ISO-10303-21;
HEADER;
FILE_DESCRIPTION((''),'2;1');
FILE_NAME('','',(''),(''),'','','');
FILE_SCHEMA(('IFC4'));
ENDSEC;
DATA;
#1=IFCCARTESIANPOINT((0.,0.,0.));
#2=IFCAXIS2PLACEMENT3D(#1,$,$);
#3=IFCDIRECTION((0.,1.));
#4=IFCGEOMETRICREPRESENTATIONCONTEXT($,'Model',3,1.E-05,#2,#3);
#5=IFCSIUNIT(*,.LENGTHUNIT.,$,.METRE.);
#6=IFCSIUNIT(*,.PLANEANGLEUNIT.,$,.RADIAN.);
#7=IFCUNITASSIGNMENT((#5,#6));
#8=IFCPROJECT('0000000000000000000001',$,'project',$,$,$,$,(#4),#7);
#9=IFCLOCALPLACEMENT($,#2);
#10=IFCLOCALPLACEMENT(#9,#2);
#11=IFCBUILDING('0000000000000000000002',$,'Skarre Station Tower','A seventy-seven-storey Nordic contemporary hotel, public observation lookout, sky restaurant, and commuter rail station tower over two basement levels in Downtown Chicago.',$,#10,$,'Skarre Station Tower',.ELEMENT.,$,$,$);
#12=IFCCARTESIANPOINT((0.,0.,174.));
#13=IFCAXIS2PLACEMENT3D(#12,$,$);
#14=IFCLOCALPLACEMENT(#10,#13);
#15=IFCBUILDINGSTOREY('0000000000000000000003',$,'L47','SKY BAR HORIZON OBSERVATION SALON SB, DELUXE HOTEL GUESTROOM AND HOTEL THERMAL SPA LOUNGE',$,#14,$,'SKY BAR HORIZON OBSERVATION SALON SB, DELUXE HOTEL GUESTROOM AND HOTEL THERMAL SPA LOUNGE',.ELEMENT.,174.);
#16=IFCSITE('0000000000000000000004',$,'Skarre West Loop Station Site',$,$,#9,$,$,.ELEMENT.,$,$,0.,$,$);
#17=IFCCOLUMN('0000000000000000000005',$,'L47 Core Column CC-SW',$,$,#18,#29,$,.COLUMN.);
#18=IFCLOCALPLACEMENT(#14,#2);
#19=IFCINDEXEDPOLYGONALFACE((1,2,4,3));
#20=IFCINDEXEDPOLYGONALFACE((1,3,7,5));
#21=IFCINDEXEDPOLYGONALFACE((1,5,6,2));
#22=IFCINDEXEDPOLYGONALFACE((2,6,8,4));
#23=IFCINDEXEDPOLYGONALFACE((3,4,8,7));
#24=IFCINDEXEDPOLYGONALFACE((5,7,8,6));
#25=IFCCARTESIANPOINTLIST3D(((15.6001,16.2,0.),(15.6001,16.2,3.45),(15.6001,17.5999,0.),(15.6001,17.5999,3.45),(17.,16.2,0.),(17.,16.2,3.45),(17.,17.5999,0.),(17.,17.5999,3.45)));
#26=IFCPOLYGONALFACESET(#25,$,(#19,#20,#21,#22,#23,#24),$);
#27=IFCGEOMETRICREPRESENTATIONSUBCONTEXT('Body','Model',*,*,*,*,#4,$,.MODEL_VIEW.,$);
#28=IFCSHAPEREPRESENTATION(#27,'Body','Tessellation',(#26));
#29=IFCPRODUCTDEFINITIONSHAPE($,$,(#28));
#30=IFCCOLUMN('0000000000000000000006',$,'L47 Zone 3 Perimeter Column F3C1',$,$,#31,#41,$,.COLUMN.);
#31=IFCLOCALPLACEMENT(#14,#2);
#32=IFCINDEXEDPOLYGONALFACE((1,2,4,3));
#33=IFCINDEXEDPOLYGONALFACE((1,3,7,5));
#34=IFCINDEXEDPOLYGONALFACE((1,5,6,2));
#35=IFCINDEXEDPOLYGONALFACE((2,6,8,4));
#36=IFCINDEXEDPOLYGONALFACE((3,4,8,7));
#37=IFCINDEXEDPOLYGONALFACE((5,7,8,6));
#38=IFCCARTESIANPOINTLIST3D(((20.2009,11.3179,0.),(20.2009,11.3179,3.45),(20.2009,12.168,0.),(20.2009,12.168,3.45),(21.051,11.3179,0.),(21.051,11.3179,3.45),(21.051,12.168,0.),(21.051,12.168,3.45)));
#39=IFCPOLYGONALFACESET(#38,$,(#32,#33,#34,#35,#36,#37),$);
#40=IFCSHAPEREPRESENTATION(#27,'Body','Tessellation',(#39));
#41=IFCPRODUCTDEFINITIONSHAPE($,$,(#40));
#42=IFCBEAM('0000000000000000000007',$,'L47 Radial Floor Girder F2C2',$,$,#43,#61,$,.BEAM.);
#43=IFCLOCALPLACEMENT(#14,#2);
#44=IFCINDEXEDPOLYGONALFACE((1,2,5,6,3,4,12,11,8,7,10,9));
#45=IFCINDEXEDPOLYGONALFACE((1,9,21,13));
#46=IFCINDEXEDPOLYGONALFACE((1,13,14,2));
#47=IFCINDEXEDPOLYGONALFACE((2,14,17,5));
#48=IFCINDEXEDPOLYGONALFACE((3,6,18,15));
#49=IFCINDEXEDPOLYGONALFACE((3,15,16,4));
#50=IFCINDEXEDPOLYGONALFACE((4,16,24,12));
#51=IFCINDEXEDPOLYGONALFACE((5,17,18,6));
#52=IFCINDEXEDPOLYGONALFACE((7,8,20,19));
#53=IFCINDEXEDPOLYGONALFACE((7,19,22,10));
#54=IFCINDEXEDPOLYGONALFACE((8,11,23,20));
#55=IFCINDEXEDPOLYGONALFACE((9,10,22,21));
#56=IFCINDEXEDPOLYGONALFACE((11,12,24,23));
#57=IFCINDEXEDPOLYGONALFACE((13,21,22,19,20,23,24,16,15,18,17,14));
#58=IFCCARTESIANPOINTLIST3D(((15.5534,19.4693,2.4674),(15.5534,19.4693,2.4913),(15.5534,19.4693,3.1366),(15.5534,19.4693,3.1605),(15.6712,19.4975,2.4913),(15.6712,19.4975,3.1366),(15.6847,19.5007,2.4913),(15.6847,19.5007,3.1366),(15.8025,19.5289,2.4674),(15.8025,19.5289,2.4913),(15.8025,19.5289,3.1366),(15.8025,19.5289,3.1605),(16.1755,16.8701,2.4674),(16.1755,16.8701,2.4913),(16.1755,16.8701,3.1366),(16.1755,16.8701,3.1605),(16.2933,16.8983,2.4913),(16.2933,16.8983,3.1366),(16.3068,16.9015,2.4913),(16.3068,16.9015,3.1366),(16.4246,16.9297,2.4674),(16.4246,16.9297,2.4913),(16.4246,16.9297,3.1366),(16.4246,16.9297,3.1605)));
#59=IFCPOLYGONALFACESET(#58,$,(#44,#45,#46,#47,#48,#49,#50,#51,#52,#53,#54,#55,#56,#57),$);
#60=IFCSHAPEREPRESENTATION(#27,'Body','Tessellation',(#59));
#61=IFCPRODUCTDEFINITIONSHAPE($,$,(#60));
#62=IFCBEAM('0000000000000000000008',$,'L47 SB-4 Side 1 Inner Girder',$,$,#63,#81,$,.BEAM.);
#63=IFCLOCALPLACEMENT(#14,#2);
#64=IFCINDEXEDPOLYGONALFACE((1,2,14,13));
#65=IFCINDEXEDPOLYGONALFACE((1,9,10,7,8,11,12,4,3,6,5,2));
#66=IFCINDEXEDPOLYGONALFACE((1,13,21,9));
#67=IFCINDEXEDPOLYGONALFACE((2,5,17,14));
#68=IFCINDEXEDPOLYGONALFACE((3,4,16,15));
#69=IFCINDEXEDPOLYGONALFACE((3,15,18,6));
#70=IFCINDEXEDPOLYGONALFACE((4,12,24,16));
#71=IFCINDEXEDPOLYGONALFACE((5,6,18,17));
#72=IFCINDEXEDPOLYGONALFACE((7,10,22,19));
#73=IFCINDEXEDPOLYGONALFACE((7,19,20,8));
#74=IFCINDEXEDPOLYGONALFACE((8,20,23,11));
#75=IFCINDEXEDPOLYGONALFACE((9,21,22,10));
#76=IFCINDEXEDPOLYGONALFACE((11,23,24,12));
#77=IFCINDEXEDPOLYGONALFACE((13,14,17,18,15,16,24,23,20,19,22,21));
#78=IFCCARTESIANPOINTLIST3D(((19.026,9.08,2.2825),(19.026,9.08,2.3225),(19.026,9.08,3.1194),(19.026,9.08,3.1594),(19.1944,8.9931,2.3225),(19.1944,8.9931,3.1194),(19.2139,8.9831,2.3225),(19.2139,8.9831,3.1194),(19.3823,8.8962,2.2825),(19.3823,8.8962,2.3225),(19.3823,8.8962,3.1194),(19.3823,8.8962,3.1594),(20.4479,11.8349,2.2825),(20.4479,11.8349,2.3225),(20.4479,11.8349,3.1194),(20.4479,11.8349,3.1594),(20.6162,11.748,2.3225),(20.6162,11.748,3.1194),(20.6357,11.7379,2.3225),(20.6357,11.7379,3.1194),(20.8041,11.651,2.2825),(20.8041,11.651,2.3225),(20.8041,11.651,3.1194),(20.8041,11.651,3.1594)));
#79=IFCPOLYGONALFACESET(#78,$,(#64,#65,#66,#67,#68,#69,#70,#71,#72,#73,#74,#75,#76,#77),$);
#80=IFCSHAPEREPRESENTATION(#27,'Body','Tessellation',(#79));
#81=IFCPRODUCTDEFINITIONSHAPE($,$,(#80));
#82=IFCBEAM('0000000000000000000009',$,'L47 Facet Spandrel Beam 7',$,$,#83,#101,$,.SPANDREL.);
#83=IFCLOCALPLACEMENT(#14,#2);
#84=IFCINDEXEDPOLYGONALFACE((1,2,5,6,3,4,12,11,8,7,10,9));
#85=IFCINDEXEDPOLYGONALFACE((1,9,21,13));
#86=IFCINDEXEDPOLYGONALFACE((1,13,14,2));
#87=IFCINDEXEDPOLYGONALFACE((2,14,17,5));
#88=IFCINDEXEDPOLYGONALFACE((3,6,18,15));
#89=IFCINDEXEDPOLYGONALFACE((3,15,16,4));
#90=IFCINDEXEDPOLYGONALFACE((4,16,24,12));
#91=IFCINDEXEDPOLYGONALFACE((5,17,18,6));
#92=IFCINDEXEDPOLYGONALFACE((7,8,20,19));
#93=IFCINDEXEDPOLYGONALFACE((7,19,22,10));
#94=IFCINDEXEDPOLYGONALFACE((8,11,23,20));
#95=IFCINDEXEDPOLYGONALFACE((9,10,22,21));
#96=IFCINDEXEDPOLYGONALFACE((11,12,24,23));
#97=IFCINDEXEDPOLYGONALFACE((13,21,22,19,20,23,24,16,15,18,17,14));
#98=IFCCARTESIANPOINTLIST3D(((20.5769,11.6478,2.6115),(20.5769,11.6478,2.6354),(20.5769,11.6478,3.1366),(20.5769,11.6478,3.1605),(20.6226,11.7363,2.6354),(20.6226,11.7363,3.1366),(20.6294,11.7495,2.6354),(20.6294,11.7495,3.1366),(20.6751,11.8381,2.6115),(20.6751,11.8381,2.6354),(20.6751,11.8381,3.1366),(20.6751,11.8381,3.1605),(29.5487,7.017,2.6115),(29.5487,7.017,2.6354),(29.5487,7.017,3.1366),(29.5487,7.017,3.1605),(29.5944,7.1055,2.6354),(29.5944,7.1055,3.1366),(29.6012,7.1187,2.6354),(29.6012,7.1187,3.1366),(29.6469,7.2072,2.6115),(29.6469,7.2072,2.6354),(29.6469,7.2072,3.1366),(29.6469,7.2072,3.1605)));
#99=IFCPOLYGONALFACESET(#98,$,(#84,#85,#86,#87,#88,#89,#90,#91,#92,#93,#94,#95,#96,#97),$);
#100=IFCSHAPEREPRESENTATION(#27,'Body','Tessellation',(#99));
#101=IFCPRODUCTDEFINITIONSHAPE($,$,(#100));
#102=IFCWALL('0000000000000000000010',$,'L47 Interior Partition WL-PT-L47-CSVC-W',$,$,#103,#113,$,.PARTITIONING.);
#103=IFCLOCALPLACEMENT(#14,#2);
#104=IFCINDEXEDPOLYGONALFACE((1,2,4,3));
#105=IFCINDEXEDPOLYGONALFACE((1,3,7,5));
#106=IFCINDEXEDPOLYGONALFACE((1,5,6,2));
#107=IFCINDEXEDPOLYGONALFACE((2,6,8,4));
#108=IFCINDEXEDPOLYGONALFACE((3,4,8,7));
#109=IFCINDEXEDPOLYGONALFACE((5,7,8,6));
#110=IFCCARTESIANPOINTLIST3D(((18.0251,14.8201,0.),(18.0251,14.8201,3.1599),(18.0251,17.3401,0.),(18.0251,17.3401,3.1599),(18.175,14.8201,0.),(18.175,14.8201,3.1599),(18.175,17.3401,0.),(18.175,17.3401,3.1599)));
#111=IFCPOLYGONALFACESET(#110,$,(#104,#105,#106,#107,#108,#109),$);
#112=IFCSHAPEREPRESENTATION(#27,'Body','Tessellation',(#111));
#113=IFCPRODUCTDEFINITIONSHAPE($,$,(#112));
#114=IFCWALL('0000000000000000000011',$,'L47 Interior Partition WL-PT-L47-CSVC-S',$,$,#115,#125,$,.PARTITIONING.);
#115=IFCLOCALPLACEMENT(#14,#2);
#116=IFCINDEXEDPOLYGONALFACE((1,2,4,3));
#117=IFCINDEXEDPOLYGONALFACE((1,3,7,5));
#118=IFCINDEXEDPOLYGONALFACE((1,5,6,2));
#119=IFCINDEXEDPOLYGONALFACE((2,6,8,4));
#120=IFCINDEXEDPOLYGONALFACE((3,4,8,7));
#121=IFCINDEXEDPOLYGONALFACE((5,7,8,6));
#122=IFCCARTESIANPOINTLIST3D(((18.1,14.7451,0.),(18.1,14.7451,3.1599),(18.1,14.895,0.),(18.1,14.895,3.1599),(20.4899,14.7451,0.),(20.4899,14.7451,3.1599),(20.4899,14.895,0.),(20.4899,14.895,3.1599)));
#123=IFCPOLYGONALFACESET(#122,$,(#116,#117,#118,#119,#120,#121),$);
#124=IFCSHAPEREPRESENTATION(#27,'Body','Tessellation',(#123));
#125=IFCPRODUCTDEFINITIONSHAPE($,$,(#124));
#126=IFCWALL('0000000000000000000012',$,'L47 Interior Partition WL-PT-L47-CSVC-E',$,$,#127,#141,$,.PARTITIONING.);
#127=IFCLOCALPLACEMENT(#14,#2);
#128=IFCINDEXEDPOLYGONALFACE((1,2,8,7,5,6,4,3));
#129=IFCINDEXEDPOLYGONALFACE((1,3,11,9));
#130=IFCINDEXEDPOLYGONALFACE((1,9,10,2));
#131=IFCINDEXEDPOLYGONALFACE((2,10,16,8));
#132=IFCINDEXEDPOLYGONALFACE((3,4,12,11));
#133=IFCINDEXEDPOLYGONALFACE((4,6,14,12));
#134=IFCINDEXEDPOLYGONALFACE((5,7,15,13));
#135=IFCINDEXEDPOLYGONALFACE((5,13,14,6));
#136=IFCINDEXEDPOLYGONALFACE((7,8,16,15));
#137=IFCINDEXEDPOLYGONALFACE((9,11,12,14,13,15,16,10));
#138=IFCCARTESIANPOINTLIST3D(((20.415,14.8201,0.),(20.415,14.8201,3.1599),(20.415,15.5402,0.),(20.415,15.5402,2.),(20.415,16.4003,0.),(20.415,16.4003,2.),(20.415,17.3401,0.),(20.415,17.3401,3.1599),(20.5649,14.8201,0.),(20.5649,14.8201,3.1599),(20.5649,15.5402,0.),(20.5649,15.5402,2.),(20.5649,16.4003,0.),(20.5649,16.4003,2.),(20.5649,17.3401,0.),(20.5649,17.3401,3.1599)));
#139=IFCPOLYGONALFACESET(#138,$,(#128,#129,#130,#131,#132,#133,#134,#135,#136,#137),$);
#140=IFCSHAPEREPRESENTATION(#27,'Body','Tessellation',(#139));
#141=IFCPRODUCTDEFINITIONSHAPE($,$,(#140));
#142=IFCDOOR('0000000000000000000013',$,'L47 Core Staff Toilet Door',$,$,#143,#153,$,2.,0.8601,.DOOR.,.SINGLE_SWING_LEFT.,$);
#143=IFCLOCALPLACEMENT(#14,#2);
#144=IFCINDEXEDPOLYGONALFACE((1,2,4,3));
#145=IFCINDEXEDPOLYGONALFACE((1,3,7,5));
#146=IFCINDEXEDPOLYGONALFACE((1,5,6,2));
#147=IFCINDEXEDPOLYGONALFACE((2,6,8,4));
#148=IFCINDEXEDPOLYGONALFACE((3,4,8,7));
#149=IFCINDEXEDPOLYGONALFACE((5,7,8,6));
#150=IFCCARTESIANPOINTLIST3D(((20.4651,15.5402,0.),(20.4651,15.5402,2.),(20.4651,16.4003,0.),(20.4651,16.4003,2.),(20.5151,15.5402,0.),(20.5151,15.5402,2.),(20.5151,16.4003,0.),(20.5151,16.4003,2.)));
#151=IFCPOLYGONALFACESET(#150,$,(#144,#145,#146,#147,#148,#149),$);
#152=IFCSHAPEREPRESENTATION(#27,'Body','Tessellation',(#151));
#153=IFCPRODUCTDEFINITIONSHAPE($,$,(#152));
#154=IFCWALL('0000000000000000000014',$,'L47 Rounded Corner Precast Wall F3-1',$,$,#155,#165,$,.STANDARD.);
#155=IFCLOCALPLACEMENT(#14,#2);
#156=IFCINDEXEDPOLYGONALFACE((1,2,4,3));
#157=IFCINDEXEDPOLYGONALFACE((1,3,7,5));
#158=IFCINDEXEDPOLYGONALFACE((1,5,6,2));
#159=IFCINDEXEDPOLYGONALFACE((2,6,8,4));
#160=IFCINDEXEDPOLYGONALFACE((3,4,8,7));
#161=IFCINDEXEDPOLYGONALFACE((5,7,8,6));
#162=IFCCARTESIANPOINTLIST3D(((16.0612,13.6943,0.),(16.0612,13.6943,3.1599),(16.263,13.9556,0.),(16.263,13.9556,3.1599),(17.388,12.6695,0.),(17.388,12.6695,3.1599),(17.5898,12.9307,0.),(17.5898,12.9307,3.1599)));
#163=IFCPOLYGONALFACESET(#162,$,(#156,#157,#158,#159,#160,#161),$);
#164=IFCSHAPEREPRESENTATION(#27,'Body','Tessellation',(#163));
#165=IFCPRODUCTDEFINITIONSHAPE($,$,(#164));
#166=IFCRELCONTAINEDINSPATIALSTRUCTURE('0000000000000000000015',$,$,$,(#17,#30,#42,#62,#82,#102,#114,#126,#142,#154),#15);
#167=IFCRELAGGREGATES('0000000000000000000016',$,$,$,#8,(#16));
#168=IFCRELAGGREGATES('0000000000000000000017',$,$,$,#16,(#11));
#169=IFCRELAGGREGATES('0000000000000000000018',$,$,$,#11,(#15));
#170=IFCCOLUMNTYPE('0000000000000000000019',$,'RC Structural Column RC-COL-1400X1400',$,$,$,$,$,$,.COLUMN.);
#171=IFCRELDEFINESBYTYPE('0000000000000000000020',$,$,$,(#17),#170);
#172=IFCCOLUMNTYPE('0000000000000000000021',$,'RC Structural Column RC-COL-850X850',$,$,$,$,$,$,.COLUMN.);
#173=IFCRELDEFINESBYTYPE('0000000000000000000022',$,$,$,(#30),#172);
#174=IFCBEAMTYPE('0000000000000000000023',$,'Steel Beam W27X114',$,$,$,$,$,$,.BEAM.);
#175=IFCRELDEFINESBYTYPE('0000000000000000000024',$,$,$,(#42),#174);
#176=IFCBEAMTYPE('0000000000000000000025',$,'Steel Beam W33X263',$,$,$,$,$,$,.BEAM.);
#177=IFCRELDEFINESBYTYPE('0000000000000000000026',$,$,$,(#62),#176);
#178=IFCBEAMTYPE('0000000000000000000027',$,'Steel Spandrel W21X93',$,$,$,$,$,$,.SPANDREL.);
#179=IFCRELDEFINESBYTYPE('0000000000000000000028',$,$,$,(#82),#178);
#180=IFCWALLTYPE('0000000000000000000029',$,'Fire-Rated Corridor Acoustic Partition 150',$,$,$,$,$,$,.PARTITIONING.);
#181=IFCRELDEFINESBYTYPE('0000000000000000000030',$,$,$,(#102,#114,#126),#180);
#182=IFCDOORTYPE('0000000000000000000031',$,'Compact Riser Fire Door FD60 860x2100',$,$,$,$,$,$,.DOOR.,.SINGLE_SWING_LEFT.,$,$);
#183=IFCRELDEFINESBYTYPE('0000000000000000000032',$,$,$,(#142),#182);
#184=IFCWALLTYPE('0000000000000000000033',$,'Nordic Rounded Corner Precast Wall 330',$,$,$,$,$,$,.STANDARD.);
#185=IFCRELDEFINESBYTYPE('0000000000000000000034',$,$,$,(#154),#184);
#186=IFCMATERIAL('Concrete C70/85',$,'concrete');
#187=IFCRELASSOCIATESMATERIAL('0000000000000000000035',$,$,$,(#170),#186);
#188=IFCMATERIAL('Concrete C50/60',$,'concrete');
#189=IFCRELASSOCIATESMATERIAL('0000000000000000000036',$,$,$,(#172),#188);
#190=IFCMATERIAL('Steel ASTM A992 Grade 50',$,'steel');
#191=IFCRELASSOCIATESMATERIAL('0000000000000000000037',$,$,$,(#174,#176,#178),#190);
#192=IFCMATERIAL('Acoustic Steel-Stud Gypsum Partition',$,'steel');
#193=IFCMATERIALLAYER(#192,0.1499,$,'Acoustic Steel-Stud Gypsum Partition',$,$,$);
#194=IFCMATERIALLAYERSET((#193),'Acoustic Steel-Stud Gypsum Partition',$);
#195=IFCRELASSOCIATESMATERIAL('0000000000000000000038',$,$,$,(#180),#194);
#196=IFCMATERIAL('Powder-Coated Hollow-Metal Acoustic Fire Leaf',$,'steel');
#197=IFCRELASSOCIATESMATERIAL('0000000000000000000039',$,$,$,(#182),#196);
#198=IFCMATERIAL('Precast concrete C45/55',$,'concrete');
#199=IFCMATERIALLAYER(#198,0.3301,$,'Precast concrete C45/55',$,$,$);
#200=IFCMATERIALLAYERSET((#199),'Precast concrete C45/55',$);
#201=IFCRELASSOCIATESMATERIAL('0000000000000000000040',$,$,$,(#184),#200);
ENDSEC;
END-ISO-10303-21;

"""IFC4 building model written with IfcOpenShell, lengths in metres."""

from ifc_helpers import new_model, si_unit, direction, frame, frame_2d, origin, origin_2d, place, context, subcontext, project, spatial, rectangle, i_section, extrude, material, layer, layer_set, material_profile, profile_set, type_object, element, fill, save


model = new_model("IFC4")

# Units and contexts
model_context = context("Model", 3, precision=1e-05, world=origin(), true_north=direction((0.0, 1.0)))
body_context = subcontext(model_context, "Body", "Model", "MODEL_VIEW")
ifc_project = project(units=[si_unit("LENGTHUNIT", "METRE"), si_unit("PLANEANGLEUNIT", "RADIAN")], contexts=[model_context])

# Site, building, storey
site_placement = place(None, origin())
site = spatial("IfcSite", under=ifc_project, at=site_placement, Name="Skarre West Loop Station Site", CompositionType="ELEMENT", RefElevation=0.0)
building_placement = place(site_placement, origin())
building = spatial("IfcBuilding", under=site, at=building_placement, Name="Skarre Station Tower", Description="A seventy-seven-storey Nordic contemporary hotel, public observation lookout, sky restaurant, and commuter rail station tower over two basement levels in Downtown Chicago.", LongName="Skarre Station Tower", CompositionType="ELEMENT")
storey_placement = place(building_placement, frame((0.0, 0.0, 174.0)))
storey = spatial("IfcBuildingStorey", under=building, at=storey_placement, Name="L47", Description="SKY BAR HORIZON OBSERVATION SALON SB, DELUXE HOTEL GUESTROOM AND HOTEL THERMAL SPA LOUNGE", LongName="SKY BAR HORIZON OBSERVATION SALON SB, DELUXE HOTEL GUESTROOM AND HOTEL THERMAL SPA LOUNGE", CompositionType="ELEMENT", Elevation=174.0)

# Columns
ifc_material_1 = material(Name="Concrete C70/85", Category="concrete")
ifc_material_profile_1 = material_profile(ifc_material_1, rectangle(XDim=1.3999, YDim=1.3999, at=origin_2d()), Name="Concrete C70/85")
ifc_profile_set_1 = profile_set([ifc_material_profile_1], Name="Concrete C70/85")
column_type_1 = type_object("IfcColumnType", Name="RC Structural Column RC-COL-1400X1400", PredefinedType="COLUMN", material=ifc_profile_set_1)
column_1_placement = place(storey_placement, frame((16.3, 16.8999, 0.0), z_axis=(0.0, 0.0, 1.0), x_axis=(1.0, 0.0, 0.0)))
element("IfcColumn", 1, at=column_1_placement, inside=storey, type_object=column_type_1, Name="L47 Core Column CC-SW", PredefinedType="COLUMN", context=body_context, shape_type="SweptSolid", body=[
    extrude(rectangle(XDim=1.3999, YDim=1.3999, at=origin_2d()), origin(), (0.0, 0.0, 1.0), 3.45),
])
ifc_material_2 = material(Name="Concrete C50/60", Category="concrete")
ifc_material_profile_2 = material_profile(ifc_material_2, rectangle(XDim=0.8501, YDim=0.8501, at=origin_2d()), Name="Concrete C50/60")
ifc_profile_set_2 = profile_set([ifc_material_profile_2], Name="Concrete C50/60")
column_type_2 = type_object("IfcColumnType", Name="RC Structural Column RC-COL-850X850", PredefinedType="COLUMN", material=ifc_profile_set_2)
column_2_placement = place(storey_placement, frame((20.626, 11.7429, 0.0), z_axis=(0.0, 0.0, 1.0), x_axis=(1.0, 0.0, 0.0)))
element("IfcColumn", 2, at=column_2_placement, inside=storey, type_object=column_type_2, Name="L47 Zone 3 Perimeter Column F3C1", PredefinedType="COLUMN", context=body_context, shape_type="SweptSolid", body=[
    extrude(rectangle(XDim=0.8501, YDim=0.8501, at=origin_2d()), origin(), (0.0, 0.0, 1.0), 3.45),
])

# Beams
ifc_material_3 = material(Name="Steel ASTM A992 Grade 50", Category="steel")
ifc_material_profile_3 = material_profile(ifc_material_3, i_section(OverallWidth=0.2561, OverallDepth=0.6931, WebThickness=0.0139, FlangeThickness=0.0239, at=origin_2d()), Name="Steel ASTM A992 Grade 50")
ifc_profile_set_3 = profile_set([ifc_material_profile_3], Name="Steel ASTM A992 Grade 50")
beam_type_1 = type_object("IfcBeamType", Name="Steel Beam W27X114", PredefinedType="BEAM", material=ifc_profile_set_3)
beam_1_placement = place(storey_placement, frame((16.3, 16.8999, 2.814), z_axis=(-0.232765, 0.972533, 0.0), x_axis=(-0.972533, -0.232765, 0.0)))
element("IfcBeam", 3, at=beam_1_placement, inside=storey, type_object=beam_type_1, Name="L47 Radial Floor Girder F2C2", PredefinedType="BEAM", context=body_context, shape_type="SweptSolid", body=[
    extrude(i_section(OverallWidth=0.2561, OverallDepth=0.6931, WebThickness=0.0139, FlangeThickness=0.0239, at=origin_2d()), origin(), (0.0, 0.0, 1.0), 2.6726),
])
ifc_material_profile_4 = material_profile(ifc_material_3, i_section(OverallWidth=0.4009, OverallDepth=0.877, WebThickness=0.022, FlangeThickness=0.04, at=origin_2d()), Name="Steel ASTM A992 Grade 50")
ifc_profile_set_4 = profile_set([ifc_material_profile_4], Name="Steel ASTM A992 Grade 50")
beam_type_2 = type_object("IfcBeamType", Name="Steel Beam W33X263", PredefinedType="BEAM", material=ifc_profile_set_4)
beam_2_placement = place(storey_placement, frame((20.626, 11.7429, 2.7209), z_axis=(-0.458643, -0.888621, 0.0), x_axis=(0.888621, -0.458643, 0.0)))
element("IfcBeam", 4, at=beam_2_placement, inside=storey, type_object=beam_type_2, Name="L47 SB-4 Side 1 Inner Girder", PredefinedType="BEAM", context=body_context, shape_type="SweptSolid", body=[
    extrude(i_section(OverallWidth=0.4009, OverallDepth=0.877, WebThickness=0.022, FlangeThickness=0.04, at=origin_2d()), origin(), (0.0, 0.0, 1.0), 3.1001),
])
ifc_material_profile_5 = material_profile(ifc_material_3, i_section(OverallWidth=0.2141, OverallDepth=0.5491, WebThickness=0.0149, FlangeThickness=0.0239, at=origin_2d()), Name="Steel ASTM A992 Grade 50")
ifc_profile_set_5 = profile_set([ifc_material_profile_5], Name="Steel ASTM A992 Grade 50")
beam_type_3 = type_object("IfcBeamType", Name="Steel Spandrel W21X93", PredefinedType="SPANDREL", material=ifc_profile_set_5)
beam_3_placement = place(storey_placement, frame((20.626, 11.7429, 2.886), z_axis=(0.888613, -0.458658, 0.0), x_axis=(0.458658, 0.888613, 0.0)))
element("IfcBeam", 5, at=beam_3_placement, inside=storey, type_object=beam_type_3, Name="L47 Facet Spandrel Beam 7", PredefinedType="SPANDREL", context=body_context, shape_type="SweptSolid", body=[
    extrude(i_section(OverallWidth=0.2141, OverallDepth=0.5491, WebThickness=0.0149, FlangeThickness=0.0239, at=origin_2d()), origin(), (0.0, 0.0, 1.0), 10.0964),
])

# Walls
ifc_material_4 = material(Name="Acoustic Steel-Stud Gypsum Partition", Category="steel")
ifc_layer_1 = layer(ifc_material_4, 0.1499, Name="Acoustic Steel-Stud Gypsum Partition")
ifc_layer_set_1 = layer_set([ifc_layer_1], Name="Acoustic Steel-Stud Gypsum Partition")
wall_type_1 = type_object("IfcWallType", Name="Fire-Rated Corridor Acoustic Partition 150", PredefinedType="PARTITIONING", material=ifc_layer_set_1)
wall_1_placement = place(storey_placement, frame((18.1001, 17.3401, 0.0), z_axis=(0.0, 0.0, 1.0), x_axis=(0.0, -1.0, 0.0)))
element("IfcWall", 6, at=wall_1_placement, inside=storey, type_object=wall_type_1, Name="L47 Interior Partition WL-PT-L47-CSVC-W", PredefinedType="PARTITIONING", context=body_context, shape_type="SweptSolid", body=[
    extrude(rectangle(XDim=2.52, YDim=0.1499, at=frame_2d((1.26, 0.0))), origin(), (0.0, 0.0, 1.0), 3.1599),
])
wall_2_placement = place(storey_placement, frame((18.1001, 14.8201, 0.0), z_axis=(0.0, 0.0, 1.0), x_axis=(1.0, 0.0, 0.0)))
element("IfcWall", 7, at=wall_2_placement, inside=storey, type_object=wall_type_1, Name="L47 Interior Partition WL-PT-L47-CSVC-S", PredefinedType="PARTITIONING", context=body_context, shape_type="SweptSolid", body=[
    extrude(rectangle(XDim=2.3899, YDim=0.1499, at=frame_2d((1.1948, 0.0))), origin(), (0.0, 0.0, 1.0), 3.1599),
])

# Wall, opening, door
wall_3_placement = place(storey_placement, frame((20.49, 14.8201, 0.0), z_axis=(0.0, 0.0, 1.0), x_axis=(0.0, 1.0, 0.0)))
wall_3 = element("IfcWall", 8, at=wall_3_placement, inside=storey, type_object=wall_type_1, Name="L47 Interior Partition WL-PT-L47-CSVC-E", PredefinedType="PARTITIONING", context=body_context, shape_type="SweptSolid", body=[
    extrude(rectangle(XDim=2.52, YDim=0.1499, at=frame_2d((1.26, 0.0))), origin(), (0.0, 0.0, 1.0), 3.1599),
])
opening_1_placement = place(wall_3_placement, frame((0.72, 0.0, 0.0)))
opening_1 = element("IfcOpeningElement", 9, at=opening_1_placement, cuts=wall_3, PredefinedType="OPENING", context=body_context, shape_type="SweptSolid", body=[
    extrude(rectangle(XDim=0.8601, YDim=2.0, at=frame_2d((0.4302, 1.0))), frame((0.0, 0.085, 0.0), z_axis=(0.0, -1.0, 0.0), x_axis=(1.0, 0.0, 0.0)), (0.0, 0.0, 1.0), 0.1699),
])
ifc_material_5 = material(Name="Powder-Coated Hollow-Metal Acoustic Fire Leaf", Category="steel")
door_type_1 = type_object("IfcDoorType", Name="Compact Riser Fire Door FD60 860x2100", OperationType="SINGLE_SWING_LEFT", PredefinedType="DOOR", material=ifc_material_5)
door_1_placement = place(opening_1_placement, origin())
door_1 = element("IfcDoor", 10, at=door_1_placement, inside=storey, type_object=door_type_1, Name="L47 Core Staff Toilet Door", OperationType="SINGLE_SWING_LEFT", OverallHeight=2.0, OverallWidth=0.8601, PredefinedType="DOOR", context=body_context, shape_type="SweptSolid", body=[
    extrude(rectangle(XDim=0.8601, YDim=2.0, at=frame_2d((0.4302, 1.0))), frame((0.0, 0.0249, 0.0), z_axis=(0.0, -1.0, 0.0), x_axis=(1.0, 0.0, 0.0)), (0.0, 0.0, 1.0), 0.05),
])
fill(opening_1, door_1)

# Wall
ifc_material_6 = material(Name="Precast concrete C45/55", Category="concrete")
ifc_layer_2 = layer(ifc_material_6, 0.3301, Name="Precast concrete C45/55")
ifc_layer_set_2 = layer_set([ifc_layer_2], Name="Precast concrete C45/55")
wall_type_2 = type_object("IfcWallType", Name="Nordic Rounded Corner Precast Wall 330", PredefinedType="STANDARD", material=ifc_layer_set_2)
wall_4_placement = place(storey_placement, frame((17.489, 12.8, 0.0), z_axis=(0.0, 0.0, 1.0), x_axis=(-0.79141, 0.611286, 0.0)))
element("IfcWall", 11, at=wall_4_placement, inside=storey, type_object=wall_type_2, Name="L47 Rounded Corner Precast Wall F3-1", PredefinedType="STANDARD", context=body_context, shape_type="SweptSolid", body=[
    extrude(rectangle(XDim=1.6765, YDim=0.3301, at=frame_2d((0.8384, 0.0))), origin(), (0.0, 0.0, 1.0), 3.1599),
])

save(model, "model.ifc")
